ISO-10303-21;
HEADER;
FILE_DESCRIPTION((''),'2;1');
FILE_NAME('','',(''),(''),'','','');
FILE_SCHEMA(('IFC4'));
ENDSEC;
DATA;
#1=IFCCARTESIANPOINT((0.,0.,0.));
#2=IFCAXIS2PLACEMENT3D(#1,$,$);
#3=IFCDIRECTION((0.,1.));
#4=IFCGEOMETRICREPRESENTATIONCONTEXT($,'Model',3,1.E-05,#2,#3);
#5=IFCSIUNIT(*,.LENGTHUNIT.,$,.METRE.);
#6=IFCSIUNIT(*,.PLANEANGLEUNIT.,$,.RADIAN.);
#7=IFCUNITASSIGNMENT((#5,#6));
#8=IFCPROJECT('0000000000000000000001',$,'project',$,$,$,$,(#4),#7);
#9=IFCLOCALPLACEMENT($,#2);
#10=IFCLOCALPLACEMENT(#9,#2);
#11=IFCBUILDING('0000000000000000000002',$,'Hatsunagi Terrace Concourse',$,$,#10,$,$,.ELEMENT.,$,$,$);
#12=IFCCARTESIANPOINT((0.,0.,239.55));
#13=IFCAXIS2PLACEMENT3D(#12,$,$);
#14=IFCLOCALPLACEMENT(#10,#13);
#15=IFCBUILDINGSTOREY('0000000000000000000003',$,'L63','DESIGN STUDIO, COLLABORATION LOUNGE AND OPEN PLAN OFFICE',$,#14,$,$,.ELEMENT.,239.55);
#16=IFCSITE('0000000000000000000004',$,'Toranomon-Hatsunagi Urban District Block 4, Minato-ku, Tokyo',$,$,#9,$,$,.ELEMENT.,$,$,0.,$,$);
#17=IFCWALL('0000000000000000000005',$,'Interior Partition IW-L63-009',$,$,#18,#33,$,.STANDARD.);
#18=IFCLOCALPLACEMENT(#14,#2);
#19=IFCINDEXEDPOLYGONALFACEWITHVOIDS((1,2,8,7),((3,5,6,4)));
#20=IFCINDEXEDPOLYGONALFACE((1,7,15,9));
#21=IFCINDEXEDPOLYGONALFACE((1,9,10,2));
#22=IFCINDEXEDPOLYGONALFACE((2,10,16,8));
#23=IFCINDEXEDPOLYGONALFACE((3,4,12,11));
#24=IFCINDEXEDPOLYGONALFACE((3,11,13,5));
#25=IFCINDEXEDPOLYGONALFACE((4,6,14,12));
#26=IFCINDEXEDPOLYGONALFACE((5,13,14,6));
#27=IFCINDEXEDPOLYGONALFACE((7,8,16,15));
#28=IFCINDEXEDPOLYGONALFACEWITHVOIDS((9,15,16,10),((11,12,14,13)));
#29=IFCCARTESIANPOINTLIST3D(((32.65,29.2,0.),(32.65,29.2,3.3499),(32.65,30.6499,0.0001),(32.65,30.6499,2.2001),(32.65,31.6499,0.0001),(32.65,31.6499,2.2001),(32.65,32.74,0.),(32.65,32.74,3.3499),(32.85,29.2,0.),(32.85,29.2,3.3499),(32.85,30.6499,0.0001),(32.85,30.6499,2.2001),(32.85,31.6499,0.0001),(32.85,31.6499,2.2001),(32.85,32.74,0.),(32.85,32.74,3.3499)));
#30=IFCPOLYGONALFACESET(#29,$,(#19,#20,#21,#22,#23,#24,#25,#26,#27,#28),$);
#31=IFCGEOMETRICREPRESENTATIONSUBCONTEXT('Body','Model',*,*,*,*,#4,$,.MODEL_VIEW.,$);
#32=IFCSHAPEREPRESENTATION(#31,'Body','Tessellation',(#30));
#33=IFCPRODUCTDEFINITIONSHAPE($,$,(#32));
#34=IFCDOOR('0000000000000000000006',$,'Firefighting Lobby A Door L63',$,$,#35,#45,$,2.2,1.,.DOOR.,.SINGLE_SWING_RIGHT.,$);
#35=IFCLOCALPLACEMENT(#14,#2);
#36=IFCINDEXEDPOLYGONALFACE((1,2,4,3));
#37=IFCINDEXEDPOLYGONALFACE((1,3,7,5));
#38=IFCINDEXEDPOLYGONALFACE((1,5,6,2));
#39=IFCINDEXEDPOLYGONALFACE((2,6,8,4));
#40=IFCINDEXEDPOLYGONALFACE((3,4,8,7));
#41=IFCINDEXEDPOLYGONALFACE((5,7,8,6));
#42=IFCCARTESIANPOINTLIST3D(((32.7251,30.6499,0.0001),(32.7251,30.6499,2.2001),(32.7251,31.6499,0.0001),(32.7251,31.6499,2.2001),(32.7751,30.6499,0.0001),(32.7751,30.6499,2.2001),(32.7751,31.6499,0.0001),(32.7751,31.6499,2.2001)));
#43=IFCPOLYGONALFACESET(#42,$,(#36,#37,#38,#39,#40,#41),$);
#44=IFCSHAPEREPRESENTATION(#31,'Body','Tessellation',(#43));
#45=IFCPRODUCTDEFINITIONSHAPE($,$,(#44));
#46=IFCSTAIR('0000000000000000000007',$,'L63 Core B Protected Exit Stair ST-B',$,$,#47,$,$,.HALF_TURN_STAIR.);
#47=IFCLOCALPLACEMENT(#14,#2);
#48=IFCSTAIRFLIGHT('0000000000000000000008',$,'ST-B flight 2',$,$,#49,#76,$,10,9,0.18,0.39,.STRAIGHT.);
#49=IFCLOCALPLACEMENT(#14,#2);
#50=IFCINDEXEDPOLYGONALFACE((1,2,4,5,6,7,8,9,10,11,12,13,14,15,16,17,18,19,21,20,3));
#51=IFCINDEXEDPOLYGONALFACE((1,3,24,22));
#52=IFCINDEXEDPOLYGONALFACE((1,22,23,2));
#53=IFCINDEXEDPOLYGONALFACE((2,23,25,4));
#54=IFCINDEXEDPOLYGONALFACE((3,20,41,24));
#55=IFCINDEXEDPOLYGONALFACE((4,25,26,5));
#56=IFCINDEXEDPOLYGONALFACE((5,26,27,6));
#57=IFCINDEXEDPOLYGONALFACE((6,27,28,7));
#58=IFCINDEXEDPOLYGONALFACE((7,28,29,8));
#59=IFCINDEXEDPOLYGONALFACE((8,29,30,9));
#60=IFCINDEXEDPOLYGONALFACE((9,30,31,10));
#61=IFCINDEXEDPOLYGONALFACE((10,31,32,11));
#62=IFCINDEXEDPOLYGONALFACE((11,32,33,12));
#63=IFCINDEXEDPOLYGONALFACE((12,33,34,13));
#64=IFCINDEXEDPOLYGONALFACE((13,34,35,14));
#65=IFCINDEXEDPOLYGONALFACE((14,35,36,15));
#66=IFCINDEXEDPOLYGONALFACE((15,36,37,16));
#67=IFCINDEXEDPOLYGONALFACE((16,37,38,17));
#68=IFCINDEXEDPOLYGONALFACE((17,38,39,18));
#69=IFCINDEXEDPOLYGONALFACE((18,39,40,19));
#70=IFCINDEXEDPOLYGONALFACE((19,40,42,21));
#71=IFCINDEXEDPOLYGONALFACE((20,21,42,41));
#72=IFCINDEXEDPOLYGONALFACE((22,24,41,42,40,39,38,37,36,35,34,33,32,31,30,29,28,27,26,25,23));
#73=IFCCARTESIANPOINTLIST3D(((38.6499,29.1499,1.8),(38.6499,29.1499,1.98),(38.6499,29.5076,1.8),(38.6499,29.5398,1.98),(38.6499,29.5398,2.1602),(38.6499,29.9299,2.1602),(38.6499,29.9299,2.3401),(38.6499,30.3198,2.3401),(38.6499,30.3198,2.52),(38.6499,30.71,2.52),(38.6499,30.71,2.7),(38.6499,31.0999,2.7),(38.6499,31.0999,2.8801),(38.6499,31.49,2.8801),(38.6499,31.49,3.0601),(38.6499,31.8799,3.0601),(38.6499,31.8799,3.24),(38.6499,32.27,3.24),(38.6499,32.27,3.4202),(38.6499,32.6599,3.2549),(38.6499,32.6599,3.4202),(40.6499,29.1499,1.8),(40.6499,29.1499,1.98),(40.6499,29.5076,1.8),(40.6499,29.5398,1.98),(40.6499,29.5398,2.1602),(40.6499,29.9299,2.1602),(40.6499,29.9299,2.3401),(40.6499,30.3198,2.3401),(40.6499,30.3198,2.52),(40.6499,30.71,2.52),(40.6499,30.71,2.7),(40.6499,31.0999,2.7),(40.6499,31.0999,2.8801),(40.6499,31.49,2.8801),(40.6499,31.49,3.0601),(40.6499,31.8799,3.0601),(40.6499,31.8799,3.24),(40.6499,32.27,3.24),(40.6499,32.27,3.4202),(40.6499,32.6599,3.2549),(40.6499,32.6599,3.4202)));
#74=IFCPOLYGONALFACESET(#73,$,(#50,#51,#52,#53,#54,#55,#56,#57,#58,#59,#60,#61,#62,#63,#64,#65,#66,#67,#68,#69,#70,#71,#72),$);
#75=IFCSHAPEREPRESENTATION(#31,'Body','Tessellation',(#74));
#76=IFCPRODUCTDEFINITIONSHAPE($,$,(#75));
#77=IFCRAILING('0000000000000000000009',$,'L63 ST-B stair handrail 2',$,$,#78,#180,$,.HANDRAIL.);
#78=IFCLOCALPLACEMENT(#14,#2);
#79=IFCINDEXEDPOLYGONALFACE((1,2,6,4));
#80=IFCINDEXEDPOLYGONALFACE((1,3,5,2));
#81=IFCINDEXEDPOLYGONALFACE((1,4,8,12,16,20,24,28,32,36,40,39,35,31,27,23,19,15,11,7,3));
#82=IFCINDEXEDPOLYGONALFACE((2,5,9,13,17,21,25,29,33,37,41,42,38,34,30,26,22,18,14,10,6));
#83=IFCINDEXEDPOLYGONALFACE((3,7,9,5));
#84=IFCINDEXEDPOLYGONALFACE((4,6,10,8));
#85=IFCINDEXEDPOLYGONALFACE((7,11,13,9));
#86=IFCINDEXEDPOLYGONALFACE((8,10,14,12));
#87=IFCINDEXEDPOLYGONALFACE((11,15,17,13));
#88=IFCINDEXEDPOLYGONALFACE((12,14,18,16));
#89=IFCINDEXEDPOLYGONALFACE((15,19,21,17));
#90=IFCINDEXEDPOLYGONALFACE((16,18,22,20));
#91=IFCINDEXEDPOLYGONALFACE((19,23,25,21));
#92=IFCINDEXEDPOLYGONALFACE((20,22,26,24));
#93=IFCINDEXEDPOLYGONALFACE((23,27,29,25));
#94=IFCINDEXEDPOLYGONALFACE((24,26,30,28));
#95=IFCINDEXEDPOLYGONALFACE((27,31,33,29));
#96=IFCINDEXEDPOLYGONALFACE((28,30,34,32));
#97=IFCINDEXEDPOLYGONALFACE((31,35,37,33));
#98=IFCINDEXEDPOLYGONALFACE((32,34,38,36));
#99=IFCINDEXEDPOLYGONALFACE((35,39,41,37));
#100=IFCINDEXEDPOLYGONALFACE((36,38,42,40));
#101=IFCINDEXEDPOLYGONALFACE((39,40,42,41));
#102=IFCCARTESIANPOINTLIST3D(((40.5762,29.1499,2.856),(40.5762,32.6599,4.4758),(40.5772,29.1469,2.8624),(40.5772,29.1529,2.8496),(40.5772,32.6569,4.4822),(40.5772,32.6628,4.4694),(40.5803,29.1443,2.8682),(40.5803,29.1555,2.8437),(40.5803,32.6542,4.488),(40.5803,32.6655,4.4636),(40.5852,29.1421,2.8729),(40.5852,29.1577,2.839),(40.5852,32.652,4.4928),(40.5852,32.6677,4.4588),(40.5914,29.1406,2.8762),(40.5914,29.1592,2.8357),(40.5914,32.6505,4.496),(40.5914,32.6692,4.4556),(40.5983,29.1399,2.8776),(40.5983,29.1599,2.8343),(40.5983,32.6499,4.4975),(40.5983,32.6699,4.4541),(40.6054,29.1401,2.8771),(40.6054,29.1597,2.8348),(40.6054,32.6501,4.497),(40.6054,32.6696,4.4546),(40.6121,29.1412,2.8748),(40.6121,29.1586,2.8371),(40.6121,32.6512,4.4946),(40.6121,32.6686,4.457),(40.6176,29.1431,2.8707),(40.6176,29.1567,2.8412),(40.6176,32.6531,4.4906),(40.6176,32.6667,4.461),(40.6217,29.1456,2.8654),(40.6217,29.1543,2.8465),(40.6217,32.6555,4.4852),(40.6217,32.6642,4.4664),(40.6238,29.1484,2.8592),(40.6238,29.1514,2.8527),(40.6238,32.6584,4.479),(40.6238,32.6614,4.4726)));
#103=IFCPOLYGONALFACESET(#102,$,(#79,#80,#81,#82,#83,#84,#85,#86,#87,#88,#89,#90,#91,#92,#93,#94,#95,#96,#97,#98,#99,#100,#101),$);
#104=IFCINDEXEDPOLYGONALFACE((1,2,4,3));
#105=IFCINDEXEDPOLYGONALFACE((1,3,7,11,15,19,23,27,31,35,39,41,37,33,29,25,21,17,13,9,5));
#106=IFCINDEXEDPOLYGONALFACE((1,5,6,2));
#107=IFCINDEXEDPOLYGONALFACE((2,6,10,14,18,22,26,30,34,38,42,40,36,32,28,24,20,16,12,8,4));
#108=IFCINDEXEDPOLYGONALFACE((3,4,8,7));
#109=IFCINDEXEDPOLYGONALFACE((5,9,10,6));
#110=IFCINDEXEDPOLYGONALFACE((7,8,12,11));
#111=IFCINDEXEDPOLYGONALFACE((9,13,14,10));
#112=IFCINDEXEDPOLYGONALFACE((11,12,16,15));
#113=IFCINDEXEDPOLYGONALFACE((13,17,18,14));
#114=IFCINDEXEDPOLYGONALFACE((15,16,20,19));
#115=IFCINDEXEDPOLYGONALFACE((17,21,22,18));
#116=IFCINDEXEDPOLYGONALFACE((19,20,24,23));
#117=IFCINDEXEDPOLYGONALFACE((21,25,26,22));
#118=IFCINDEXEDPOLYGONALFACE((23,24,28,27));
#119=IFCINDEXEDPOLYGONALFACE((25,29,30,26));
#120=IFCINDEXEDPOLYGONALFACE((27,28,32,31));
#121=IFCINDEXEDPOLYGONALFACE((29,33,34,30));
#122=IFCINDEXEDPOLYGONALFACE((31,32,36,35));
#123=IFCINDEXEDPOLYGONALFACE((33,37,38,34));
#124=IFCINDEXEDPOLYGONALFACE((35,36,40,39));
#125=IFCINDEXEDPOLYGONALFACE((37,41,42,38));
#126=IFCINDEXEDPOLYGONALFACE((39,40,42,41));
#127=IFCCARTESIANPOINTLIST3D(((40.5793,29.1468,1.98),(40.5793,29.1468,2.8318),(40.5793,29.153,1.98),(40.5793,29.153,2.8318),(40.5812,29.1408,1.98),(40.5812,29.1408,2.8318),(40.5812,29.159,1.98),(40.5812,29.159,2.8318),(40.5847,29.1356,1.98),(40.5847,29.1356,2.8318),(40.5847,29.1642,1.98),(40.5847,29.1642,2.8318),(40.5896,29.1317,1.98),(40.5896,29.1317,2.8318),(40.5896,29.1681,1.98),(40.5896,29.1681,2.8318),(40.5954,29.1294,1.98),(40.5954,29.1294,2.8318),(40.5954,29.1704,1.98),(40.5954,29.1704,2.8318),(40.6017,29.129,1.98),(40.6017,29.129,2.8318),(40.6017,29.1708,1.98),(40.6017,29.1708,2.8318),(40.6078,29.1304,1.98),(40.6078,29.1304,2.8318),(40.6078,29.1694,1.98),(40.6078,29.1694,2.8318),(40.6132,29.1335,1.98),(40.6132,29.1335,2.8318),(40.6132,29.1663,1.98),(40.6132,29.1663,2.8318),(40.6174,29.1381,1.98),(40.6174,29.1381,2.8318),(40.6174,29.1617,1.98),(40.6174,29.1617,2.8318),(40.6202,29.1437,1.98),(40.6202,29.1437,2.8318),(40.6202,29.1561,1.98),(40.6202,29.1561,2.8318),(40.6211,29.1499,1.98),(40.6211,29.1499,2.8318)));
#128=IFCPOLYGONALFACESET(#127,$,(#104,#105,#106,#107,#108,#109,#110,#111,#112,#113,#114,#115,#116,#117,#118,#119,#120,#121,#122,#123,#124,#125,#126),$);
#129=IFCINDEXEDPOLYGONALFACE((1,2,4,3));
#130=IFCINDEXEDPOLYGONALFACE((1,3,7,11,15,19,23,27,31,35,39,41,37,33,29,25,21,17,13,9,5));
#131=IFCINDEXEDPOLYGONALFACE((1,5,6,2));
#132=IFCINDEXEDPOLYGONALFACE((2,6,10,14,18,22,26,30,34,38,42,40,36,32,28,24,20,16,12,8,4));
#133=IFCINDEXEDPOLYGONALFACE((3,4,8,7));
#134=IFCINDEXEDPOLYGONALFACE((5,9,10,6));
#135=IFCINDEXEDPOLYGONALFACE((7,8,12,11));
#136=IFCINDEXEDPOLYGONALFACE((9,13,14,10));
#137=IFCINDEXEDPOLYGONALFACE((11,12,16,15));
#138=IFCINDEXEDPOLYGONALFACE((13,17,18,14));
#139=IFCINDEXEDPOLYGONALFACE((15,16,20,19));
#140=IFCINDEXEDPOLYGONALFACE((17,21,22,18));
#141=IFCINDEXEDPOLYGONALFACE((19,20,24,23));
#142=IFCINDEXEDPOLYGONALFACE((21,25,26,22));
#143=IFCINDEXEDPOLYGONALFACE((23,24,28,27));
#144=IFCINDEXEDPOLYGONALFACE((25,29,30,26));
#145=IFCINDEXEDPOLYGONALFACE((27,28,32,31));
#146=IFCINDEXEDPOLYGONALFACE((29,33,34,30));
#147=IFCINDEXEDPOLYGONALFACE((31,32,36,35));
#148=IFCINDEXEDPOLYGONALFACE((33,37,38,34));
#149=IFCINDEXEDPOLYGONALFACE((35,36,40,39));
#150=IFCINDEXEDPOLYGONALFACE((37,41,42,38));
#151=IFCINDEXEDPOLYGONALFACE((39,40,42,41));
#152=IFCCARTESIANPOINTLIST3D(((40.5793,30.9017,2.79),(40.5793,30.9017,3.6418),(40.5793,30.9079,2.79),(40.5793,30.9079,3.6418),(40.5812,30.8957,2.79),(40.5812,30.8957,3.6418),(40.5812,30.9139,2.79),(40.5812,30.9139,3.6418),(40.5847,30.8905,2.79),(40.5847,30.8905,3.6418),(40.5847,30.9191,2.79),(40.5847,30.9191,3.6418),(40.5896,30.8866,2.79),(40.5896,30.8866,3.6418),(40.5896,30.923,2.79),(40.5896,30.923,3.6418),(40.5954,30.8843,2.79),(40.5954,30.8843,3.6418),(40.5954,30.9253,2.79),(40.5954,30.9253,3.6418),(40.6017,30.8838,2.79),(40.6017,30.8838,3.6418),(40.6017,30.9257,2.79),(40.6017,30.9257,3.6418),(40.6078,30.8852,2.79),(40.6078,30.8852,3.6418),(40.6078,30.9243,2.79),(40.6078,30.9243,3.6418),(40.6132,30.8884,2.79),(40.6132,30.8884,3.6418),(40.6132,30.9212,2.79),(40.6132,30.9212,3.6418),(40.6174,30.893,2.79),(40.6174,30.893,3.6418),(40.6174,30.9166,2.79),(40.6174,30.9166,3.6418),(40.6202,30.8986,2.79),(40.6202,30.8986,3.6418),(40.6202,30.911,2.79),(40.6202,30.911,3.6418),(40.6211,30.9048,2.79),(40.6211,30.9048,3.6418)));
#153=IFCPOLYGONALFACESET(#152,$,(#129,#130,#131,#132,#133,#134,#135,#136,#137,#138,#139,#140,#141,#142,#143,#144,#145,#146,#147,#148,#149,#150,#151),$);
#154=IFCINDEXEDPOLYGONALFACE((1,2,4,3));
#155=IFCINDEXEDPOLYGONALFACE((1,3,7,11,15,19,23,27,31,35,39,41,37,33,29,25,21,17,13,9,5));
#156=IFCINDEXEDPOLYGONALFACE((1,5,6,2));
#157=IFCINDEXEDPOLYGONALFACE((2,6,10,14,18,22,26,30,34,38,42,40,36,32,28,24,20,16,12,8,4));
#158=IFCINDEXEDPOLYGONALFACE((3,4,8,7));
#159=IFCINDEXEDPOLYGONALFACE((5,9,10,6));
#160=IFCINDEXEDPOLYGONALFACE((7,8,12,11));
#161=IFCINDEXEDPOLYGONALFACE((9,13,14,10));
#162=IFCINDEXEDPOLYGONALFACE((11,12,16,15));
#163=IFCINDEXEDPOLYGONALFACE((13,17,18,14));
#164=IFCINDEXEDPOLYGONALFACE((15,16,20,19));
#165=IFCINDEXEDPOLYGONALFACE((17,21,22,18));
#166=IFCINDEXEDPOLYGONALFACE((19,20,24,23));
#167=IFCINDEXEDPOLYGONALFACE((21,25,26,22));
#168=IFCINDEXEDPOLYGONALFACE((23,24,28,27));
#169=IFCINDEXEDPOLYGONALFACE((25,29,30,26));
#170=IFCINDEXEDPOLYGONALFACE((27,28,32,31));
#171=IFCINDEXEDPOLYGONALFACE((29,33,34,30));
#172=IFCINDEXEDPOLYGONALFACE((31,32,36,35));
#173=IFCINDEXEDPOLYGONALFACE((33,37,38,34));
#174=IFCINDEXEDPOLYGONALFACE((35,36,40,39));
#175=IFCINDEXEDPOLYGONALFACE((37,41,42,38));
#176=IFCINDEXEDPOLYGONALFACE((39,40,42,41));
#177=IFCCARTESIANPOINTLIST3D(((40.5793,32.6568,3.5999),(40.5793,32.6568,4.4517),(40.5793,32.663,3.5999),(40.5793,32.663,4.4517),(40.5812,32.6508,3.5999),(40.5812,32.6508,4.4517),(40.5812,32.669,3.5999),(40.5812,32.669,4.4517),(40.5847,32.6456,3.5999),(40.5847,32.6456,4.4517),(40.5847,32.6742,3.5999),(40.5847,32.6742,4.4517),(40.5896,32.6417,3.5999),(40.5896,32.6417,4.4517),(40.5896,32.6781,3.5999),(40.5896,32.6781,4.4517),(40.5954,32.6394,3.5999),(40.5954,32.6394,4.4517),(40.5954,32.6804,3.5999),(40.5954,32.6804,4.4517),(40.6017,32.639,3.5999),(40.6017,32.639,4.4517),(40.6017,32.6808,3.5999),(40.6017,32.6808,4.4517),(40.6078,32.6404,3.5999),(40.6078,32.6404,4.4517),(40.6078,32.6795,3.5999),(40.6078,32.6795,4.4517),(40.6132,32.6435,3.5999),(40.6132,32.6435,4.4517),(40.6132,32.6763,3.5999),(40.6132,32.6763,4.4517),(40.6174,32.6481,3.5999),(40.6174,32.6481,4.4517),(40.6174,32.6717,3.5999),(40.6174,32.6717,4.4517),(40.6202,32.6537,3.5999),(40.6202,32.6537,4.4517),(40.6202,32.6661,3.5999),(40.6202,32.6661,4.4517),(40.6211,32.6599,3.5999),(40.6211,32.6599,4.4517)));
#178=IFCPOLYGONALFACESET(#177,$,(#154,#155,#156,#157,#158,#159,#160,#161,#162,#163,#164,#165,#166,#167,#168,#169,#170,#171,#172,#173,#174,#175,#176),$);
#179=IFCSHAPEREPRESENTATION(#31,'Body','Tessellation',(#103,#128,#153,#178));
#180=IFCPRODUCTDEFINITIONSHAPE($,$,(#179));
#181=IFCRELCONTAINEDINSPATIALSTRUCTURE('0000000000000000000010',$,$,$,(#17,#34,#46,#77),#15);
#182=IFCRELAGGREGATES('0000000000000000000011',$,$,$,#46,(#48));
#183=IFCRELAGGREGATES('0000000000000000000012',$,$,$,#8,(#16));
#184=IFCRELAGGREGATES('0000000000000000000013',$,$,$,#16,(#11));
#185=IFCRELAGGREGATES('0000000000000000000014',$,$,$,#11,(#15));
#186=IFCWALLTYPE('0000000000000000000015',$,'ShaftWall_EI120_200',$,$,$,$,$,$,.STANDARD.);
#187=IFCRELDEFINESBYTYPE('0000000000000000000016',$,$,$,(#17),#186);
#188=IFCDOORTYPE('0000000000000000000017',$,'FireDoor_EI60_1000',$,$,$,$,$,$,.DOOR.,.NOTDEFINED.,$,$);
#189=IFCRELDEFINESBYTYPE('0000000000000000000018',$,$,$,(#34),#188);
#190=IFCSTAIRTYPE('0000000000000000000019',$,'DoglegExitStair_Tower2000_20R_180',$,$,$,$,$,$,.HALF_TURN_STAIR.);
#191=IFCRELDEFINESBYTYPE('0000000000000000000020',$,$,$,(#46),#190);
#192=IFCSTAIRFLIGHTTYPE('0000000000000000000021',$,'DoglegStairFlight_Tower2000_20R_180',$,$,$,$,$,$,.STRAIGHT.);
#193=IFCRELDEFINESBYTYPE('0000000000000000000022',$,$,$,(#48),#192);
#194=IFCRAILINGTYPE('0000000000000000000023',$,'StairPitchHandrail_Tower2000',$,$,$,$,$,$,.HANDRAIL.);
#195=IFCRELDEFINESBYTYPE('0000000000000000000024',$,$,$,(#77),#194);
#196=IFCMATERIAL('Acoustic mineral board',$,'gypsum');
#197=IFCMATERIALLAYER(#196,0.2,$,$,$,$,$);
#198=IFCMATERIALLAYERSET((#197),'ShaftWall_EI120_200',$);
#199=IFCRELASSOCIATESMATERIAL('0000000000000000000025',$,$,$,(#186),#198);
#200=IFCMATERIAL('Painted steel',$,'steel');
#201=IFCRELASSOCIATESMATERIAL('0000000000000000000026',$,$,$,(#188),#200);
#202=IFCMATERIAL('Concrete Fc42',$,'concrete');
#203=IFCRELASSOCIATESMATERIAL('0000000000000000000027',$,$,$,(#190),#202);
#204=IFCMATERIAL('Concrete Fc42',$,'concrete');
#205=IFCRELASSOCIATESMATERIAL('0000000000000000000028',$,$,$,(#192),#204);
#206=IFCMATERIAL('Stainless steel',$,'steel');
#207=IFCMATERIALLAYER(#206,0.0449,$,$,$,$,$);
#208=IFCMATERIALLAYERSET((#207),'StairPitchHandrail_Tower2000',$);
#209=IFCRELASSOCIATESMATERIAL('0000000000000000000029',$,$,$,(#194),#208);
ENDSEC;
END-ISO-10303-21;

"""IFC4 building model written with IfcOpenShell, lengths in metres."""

from ifc_helpers import new_model, si_unit, direction, frame, frame_2d, origin, origin_2d, place, context, subcontext, project, spatial, polyline, rectangle, circle, outline, extrude, material, layer, layer_set, type_object, element, fill, aggregate, save


model = new_model("IFC4")

# Units and contexts
model_context = context("Model", 3, precision=1e-05, world=origin(), true_north=direction((0.0, 1.0)))
body_context = subcontext(model_context, "Body", "Model", "MODEL_VIEW")
ifc_project = project(units=[si_unit("LENGTHUNIT", "METRE"), si_unit("PLANEANGLEUNIT", "RADIAN")], contexts=[model_context])

# Site, building, storey
site_placement = place(None, origin())
site = spatial("IfcSite", under=ifc_project, at=site_placement, Name="Toranomon-Hatsunagi Urban District Block 4, Minato-ku, Tokyo", CompositionType="ELEMENT", RefElevation=0.0)
building_placement = place(site_placement, origin())
building = spatial("IfcBuilding", under=site, at=building_placement, Name="Hatsunagi Terrace Concourse", CompositionType="ELEMENT")
storey_placement = place(building_placement, frame((0.0, 0.0, 239.55)))
storey = spatial("IfcBuildingStorey", under=building, at=storey_placement, Name="L63", Description="DESIGN STUDIO, COLLABORATION LOUNGE AND OPEN PLAN OFFICE", CompositionType="ELEMENT", Elevation=239.55)

# Wall, opening, door
ifc_material_1 = material(Name="Acoustic mineral board", Category="gypsum")
ifc_layer_1 = layer(ifc_material_1, 0.2)
ifc_layer_set_1 = layer_set([ifc_layer_1], Name="ShaftWall_EI120_200")
wall_type_1 = type_object("IfcWallType", Name="ShaftWall_EI120_200", PredefinedType="STANDARD", material=ifc_layer_set_1)
wall_1_placement = place(storey_placement, frame((32.75, 29.2, 0.0), z_axis=(0.0, 0.0, 1.0), x_axis=(0.0, 1.0, 0.0)))
wall_1 = element("IfcWall", 1, at=wall_1_placement, inside=storey, type_object=wall_type_1, Name="Interior Partition IW-L63-009", PredefinedType="STANDARD", context=body_context, shape_type="SweptSolid", body=[
    extrude(rectangle(XDim=3.54, YDim=0.2, at=frame_2d((1.77, 0.0))), origin(), (0.0, 0.0, 1.0), 3.3499),
])
opening_placement = place(wall_1_placement, frame((1.45, 0.0, 0.0)))
opening = element("IfcOpeningElement", 2, at=opening_placement, cuts=wall_1, PredefinedType="OPENING", context=body_context, shape_type="SweptSolid", body=[
    extrude(rectangle(XDim=1.0, YDim=2.2, at=frame_2d((0.5, 1.1001))), frame((0.0, 0.1099, 0.0), z_axis=(0.0, -1.0, 0.0), x_axis=(1.0, 0.0, 0.0)), (0.0, 0.0, 1.0), 0.22),
])
ifc_material_2 = material(Name="Painted steel", Category="steel")
door_type = type_object("IfcDoorType", Name="FireDoor_EI60_1000", OperationType="NOTDEFINED", PredefinedType="DOOR", material=ifc_material_2)
door_placement = place(opening_placement, origin())
door = element("IfcDoor", 3, at=door_placement, inside=storey, type_object=door_type, Name="Firefighting Lobby A Door L63", OperationType="SINGLE_SWING_RIGHT", OverallHeight=2.2, OverallWidth=1.0, PredefinedType="DOOR", context=body_context, shape_type="SweptSolid", body=[
    extrude(rectangle(XDim=1.0, YDim=2.2, at=frame_2d((0.5, 1.1001))), frame((0.0, 0.0249, 0.0), z_axis=(0.0, -1.0, 0.0), x_axis=(1.0, 0.0, 0.0)), (0.0, 0.0, 1.0), 0.05),
])
fill(opening, door)

# Stair, stair flight
ifc_material_3 = material(Name="Concrete Fc42", Category="concrete")
stair_type = type_object("IfcStairType", Name="DoglegExitStair_Tower2000_20R_180", PredefinedType="HALF_TURN_STAIR", material=ifc_material_3)
stair_placement = place(storey_placement, origin())
stair = element("IfcStair", 4, at=stair_placement, inside=storey, type_object=stair_type, Name="L63 Core B Protected Exit Stair ST-B", PredefinedType="HALF_TURN_STAIR")
ifc_material_4 = material(Name="Concrete Fc42", Category="concrete")
stair_flight_type = type_object("IfcStairFlightType", Name="DoglegStairFlight_Tower2000_20R_180", PredefinedType="STRAIGHT", material=ifc_material_4)
stair_flight_placement = place(storey_placement, frame((39.6499, 29.1499, 1.8), z_axis=(0.0, 0.0, 1.0), x_axis=(0.0, 1.0, 0.0)))
stair_flight = element("IfcStairFlight", 5, at=stair_flight_placement, type_object=stair_flight_type, Name="ST-B flight 2", NumberOfRisers=10, NumberOfTreads=9, PredefinedType="STRAIGHT", RiserHeight=0.18, TreadLength=0.39, context=body_context, shape_type="SweptSolid", body=[
    extrude(outline(polyline([(0.0, 0.0), (0.0, 0.1799), (0.3899, 0.1799), (0.3899, 0.3601), (0.78, 0.3601), (0.78, 0.54), (1.1699, 0.54), (1.1699, 0.72), (1.5601, 0.72), (1.5601, 0.8999), (1.95, 0.8999), (1.95, 1.0801), (2.3401, 1.0801), (2.3401, 1.26), (2.73, 1.26), (2.73, 1.4399), (3.1201, 1.4399), (3.1201, 1.6201), (3.51, 1.6201), (3.51, 1.8), (3.51, 1.4548), (0.3577, 0.0), (0.0, 0.0)])), frame((0.0, 1.0, 0.0), z_axis=(0.0, -1.0, 0.0), x_axis=(1.0, 0.0, 0.0)), (0.0, 0.0, 1.0), 2.0),
])
aggregate(stair, [stair_flight])

# Railing
ifc_material_5 = material(Name="Stainless steel", Category="steel")
ifc_layer_2 = layer(ifc_material_5, 0.0449)
ifc_layer_set_2 = layer_set([ifc_layer_2], Name="StairPitchHandrail_Tower2000")
railing_type_1 = type_object("IfcRailingType", Name="StairPitchHandrail_Tower2000", PredefinedType="HANDRAIL", material=ifc_layer_set_2)
railing_1_placement = place(storey_placement, frame((40.6001, 29.1499, 1.98)))
element("IfcRailing", 6, at=railing_1_placement, inside=storey, type_object=railing_type_1, Name="L63 ST-B stair handrail 2", PredefinedType="HANDRAIL", context=body_context, shape_type="SweptSolid", body=[
    extrude(circle(Radius=0.0239, at=origin_2d()), frame((0.0, 0.0, 0.876), z_axis=(0.0, 0.907972, 0.41903), x_axis=(-1.0, 0.0, 0.0)), (0.0, 0.0, 1.0), 3.8657),
    extrude(circle(Radius=0.021, at=origin_2d()), origin(), (0.0, 0.0, 1.0), 0.8518),
    extrude(circle(Radius=0.021, at=origin_2d()), frame((0.0, 1.7549, 0.8101)), (0.0, 0.0, 1.0), 0.8518),
    extrude(circle(Radius=0.021, at=origin_2d()), frame((0.0, 3.51, 1.6199)), (0.0, 0.0, 1.0), 0.8518),
])

save(model, "model.ifc")
